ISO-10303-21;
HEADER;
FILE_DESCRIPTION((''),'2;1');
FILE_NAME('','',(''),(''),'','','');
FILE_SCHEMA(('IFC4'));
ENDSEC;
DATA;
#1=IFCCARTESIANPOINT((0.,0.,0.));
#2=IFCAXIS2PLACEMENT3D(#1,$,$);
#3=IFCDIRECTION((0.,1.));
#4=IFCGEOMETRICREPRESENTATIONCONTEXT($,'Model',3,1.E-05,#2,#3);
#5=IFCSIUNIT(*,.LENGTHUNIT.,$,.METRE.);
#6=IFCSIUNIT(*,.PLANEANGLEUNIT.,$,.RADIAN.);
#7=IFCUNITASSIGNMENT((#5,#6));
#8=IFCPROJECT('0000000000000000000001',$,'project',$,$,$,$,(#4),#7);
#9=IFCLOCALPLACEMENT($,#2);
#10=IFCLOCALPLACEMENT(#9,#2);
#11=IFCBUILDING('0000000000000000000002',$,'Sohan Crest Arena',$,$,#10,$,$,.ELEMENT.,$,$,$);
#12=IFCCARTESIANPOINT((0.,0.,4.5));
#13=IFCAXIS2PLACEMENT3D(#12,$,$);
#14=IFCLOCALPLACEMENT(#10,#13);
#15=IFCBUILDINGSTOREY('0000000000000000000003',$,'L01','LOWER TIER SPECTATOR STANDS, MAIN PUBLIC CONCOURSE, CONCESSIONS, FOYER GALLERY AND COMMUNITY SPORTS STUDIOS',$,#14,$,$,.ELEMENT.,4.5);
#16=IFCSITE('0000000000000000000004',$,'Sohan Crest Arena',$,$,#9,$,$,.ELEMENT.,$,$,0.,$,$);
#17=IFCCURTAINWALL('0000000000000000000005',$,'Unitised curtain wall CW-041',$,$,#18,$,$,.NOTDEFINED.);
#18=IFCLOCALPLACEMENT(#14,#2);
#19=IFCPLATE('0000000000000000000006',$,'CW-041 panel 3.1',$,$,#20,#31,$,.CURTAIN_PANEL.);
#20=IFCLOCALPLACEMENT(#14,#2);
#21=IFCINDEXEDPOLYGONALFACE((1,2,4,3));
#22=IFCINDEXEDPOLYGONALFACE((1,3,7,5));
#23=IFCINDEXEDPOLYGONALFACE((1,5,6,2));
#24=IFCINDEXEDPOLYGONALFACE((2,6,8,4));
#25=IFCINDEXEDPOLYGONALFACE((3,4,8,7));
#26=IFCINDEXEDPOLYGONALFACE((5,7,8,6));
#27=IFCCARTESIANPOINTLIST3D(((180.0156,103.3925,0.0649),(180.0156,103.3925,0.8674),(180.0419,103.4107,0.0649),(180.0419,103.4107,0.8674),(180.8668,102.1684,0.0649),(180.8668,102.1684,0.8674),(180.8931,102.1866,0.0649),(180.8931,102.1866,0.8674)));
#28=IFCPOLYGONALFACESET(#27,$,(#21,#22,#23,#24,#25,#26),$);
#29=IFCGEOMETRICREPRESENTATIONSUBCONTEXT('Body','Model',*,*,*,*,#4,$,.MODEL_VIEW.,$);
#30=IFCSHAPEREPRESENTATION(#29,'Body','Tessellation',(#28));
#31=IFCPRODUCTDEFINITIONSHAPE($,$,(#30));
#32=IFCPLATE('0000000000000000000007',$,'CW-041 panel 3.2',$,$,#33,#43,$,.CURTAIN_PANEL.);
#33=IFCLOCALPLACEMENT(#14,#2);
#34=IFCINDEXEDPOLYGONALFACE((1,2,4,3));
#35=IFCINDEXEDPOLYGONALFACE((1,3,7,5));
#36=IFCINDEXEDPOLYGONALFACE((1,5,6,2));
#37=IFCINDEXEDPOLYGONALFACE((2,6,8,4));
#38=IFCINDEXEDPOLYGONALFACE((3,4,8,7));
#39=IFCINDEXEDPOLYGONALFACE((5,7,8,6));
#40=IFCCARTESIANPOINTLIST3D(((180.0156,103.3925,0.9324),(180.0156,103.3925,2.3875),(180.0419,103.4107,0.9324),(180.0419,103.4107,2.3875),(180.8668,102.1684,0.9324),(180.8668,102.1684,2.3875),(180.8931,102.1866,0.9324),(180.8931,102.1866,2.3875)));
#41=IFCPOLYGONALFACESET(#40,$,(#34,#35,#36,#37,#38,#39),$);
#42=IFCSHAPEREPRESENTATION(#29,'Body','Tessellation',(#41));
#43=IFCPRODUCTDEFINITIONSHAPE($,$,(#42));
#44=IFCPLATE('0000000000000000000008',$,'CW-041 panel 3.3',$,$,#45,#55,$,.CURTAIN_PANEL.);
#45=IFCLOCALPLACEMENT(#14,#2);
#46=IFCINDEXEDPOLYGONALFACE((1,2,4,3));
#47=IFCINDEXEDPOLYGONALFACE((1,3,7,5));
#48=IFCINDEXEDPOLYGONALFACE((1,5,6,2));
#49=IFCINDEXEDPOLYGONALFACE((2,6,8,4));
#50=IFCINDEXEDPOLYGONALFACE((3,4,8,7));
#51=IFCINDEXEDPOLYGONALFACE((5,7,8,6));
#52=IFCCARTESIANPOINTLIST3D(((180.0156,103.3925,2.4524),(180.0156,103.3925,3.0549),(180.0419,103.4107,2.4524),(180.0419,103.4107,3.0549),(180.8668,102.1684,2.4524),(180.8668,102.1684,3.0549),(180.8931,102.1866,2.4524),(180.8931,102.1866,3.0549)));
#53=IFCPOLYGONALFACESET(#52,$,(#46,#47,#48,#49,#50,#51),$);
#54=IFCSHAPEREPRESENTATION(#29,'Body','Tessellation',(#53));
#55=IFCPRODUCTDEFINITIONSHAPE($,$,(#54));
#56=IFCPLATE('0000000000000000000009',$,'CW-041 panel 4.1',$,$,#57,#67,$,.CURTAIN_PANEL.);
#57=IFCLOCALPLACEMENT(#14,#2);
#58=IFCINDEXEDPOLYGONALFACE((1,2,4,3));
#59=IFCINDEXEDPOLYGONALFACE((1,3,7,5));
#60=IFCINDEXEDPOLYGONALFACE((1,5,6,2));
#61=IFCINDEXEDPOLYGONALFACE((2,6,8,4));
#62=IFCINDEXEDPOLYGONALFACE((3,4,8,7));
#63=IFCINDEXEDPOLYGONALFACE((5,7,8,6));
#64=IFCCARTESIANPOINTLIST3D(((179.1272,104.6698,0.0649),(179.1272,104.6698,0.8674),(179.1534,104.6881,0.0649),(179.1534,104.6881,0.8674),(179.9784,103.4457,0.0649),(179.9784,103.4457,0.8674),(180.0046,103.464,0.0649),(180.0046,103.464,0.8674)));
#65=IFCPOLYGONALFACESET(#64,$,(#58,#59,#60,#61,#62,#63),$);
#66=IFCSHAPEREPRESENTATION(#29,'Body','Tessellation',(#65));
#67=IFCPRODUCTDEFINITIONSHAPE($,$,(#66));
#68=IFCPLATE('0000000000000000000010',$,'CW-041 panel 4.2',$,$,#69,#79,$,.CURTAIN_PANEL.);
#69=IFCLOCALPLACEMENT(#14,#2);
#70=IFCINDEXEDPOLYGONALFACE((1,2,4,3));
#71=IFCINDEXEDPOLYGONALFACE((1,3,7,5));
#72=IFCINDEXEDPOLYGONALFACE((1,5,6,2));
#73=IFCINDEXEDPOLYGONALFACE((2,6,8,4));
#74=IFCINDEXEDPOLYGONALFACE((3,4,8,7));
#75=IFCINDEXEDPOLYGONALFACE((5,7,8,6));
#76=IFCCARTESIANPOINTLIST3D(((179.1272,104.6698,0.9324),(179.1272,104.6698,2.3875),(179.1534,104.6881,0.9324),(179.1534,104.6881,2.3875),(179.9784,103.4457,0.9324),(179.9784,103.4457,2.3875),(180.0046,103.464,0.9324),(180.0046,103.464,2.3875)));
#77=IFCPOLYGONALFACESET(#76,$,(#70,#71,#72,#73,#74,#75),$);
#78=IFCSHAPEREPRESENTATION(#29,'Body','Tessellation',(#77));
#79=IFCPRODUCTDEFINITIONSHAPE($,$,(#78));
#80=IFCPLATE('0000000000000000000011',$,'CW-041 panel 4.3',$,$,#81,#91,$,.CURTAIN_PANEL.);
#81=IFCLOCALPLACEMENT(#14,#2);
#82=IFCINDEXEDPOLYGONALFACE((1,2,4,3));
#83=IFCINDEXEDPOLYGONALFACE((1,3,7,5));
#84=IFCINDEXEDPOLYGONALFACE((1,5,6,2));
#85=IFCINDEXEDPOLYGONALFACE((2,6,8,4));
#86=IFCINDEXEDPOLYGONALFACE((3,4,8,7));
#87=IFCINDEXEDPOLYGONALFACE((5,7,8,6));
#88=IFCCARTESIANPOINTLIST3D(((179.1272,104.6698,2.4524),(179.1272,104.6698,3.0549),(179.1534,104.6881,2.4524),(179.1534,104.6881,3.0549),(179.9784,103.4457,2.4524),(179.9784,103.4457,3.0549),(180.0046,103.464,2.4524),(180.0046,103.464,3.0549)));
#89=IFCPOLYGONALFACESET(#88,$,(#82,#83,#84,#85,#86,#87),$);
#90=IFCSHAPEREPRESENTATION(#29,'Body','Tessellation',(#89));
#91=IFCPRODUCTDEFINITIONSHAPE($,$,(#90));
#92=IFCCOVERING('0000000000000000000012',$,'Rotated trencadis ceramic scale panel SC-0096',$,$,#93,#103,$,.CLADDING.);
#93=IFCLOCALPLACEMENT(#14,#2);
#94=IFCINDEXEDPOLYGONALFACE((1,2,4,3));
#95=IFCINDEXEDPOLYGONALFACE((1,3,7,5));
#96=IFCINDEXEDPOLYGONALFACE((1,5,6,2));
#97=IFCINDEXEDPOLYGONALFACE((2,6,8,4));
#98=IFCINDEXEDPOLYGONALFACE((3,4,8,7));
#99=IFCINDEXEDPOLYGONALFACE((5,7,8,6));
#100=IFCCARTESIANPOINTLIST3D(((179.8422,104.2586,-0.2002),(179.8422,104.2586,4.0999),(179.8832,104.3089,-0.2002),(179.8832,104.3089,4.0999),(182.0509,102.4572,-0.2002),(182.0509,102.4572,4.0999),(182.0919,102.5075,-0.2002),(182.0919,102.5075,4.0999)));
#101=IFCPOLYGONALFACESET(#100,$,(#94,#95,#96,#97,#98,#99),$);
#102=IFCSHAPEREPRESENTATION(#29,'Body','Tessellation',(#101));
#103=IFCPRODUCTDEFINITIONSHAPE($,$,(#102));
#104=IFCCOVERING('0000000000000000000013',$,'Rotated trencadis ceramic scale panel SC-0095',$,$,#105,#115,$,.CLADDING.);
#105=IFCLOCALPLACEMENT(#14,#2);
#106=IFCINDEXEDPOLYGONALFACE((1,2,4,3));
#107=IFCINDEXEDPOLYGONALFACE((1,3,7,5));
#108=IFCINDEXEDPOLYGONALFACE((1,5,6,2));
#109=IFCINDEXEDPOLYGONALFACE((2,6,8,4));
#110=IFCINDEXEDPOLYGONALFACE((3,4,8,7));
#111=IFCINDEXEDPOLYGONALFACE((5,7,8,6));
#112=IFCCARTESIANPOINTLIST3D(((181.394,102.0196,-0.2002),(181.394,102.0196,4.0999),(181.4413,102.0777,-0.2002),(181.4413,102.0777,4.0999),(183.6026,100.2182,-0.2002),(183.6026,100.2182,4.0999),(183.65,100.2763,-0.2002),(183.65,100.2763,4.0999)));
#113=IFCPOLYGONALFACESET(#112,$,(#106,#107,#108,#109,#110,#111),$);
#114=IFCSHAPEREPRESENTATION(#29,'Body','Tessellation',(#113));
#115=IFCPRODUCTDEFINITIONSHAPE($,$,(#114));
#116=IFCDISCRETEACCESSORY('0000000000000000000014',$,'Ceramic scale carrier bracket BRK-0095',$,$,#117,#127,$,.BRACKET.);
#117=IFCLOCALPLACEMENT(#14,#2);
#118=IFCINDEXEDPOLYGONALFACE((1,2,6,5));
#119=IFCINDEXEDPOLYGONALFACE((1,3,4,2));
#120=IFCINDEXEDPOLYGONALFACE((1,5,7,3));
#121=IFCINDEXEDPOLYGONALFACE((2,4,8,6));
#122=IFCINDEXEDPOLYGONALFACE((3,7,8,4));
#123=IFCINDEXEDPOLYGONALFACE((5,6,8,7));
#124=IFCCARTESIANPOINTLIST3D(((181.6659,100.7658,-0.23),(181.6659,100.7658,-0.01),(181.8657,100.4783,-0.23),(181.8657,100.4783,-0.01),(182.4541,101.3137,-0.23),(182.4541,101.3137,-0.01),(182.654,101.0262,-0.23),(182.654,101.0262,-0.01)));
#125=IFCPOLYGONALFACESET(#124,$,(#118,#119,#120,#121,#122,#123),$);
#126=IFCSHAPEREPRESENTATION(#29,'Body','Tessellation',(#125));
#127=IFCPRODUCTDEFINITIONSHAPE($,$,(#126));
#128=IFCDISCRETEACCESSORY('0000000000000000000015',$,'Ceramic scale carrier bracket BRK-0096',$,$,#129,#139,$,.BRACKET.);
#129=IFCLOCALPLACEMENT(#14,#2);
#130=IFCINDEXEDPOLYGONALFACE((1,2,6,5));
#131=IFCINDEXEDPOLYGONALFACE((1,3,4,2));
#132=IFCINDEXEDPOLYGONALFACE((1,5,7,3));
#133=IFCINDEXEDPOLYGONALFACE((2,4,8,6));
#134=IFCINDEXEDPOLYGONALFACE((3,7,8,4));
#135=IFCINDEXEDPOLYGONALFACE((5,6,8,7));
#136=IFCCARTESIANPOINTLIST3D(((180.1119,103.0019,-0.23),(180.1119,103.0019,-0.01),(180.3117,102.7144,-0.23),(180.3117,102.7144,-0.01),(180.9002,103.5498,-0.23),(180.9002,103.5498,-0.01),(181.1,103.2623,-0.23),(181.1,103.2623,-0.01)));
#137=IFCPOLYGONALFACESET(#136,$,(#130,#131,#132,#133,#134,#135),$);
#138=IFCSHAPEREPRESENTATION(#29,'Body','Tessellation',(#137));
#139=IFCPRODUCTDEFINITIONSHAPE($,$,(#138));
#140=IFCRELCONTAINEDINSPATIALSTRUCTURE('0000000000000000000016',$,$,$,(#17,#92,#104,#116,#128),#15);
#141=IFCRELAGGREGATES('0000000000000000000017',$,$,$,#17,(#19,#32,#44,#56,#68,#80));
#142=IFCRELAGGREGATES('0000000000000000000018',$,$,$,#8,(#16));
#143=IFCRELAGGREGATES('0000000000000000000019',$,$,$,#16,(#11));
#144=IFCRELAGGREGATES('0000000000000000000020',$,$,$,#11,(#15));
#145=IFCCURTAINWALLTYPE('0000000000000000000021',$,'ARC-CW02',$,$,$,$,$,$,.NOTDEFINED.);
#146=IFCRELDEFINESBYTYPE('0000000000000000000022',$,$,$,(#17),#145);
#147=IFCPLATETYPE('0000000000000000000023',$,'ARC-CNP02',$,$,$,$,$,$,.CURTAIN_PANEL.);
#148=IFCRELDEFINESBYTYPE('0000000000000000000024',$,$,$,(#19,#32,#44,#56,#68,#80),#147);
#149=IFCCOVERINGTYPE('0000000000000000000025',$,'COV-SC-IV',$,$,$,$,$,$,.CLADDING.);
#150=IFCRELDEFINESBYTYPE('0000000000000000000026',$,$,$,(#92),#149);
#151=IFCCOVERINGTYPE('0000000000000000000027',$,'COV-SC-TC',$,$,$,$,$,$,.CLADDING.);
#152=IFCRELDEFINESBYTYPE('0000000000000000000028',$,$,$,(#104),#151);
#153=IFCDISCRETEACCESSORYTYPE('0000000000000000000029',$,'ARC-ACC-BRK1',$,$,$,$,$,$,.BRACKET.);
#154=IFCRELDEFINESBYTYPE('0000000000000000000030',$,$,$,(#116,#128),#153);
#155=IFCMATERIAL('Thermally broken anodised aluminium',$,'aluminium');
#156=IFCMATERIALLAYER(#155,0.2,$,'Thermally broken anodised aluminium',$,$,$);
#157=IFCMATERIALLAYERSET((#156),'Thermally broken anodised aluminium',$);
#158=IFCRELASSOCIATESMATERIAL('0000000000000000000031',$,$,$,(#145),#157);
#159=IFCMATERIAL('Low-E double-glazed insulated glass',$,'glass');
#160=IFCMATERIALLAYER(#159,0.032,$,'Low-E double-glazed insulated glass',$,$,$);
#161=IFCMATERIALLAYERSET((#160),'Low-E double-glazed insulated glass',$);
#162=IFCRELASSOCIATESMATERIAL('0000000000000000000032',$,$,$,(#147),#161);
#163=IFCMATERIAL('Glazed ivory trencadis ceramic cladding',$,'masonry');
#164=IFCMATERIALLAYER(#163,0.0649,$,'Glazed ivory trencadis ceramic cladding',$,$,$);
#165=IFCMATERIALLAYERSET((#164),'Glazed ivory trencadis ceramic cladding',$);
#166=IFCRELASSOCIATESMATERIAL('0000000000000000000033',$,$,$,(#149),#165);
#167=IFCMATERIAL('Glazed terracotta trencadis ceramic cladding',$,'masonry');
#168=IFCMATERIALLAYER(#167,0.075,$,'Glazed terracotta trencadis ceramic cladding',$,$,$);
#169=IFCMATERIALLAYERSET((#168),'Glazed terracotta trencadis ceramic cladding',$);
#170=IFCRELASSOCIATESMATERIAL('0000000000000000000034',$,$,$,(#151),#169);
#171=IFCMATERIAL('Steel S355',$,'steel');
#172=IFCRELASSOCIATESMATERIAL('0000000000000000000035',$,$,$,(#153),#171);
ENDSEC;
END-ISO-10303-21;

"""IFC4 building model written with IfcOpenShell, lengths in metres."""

from ifc_helpers import new_model, si_unit, direction, frame, origin, origin_2d, place, context, subcontext, project, spatial, rectangle, extrude, material, layer, layer_set, type_object, element, aggregate, save


model = new_model("IFC4")

# Units and contexts
model_context = context("Model", 3, precision=1e-05, world=origin(), true_north=direction((0.0, 1.0)))
body_context = subcontext(model_context, "Body", "Model", "MODEL_VIEW")
ifc_project = project(units=[si_unit("LENGTHUNIT", "METRE"), si_unit("PLANEANGLEUNIT", "RADIAN")], contexts=[model_context])

# Site, building, storey
site_placement = place(None, origin())
site = spatial("IfcSite", under=ifc_project, at=site_placement, Name="Sohan Crest Arena", CompositionType="ELEMENT", RefElevation=0.0)
building_placement = place(site_placement, origin())
building = spatial("IfcBuilding", under=site, at=building_placement, Name="Sohan Crest Arena", CompositionType="ELEMENT")
storey_placement = place(building_placement, frame((0.0, 0.0, 4.5)))
storey = spatial("IfcBuildingStorey", under=building, at=storey_placement, Name="L01", Description="LOWER TIER SPECTATOR STANDS, MAIN PUBLIC CONCOURSE, CONCESSIONS, FOYER GALLERY AND COMMUNITY SPORTS STUDIOS", CompositionType="ELEMENT", Elevation=4.5)

# Curtain wall, plates
ifc_material_1 = material(Name="Thermally broken anodised aluminium", Category="aluminium")
ifc_layer_1 = layer(ifc_material_1, 0.2, Name="Thermally broken anodised aluminium")
ifc_layer_set_1 = layer_set([ifc_layer_1], Name="Thermally broken anodised aluminium")
curtain_wall_type = type_object("IfcCurtainWallType", Name="ARC-CW02", PredefinedType="NOTDEFINED", material=ifc_layer_set_1)
curtain_wall_placement = place(storey_placement, origin())
curtain_wall = element("IfcCurtainWall", 1, at=curtain_wall_placement, inside=storey, type_object=curtain_wall_type, Name="Unitised curtain wall CW-041", PredefinedType="NOTDEFINED")
ifc_material_2 = material(Name="Low-E double-glazed insulated glass", Category="glass")
ifc_layer_2 = layer(ifc_material_2, 0.032, Name="Low-E double-glazed insulated glass")
ifc_layer_set_2 = layer_set([ifc_layer_2], Name="Low-E double-glazed insulated glass")
plate_type = type_object("IfcPlateType", Name="ARC-CNP02", PredefinedType="CURTAIN_PANEL", material=ifc_layer_set_2)
plate_1_placement = place(storey_placement, frame((180.4543, 102.7896, 0.0649), z_axis=(0.0, 0.0, 1.0), x_axis=(-0.570908, 0.821014, 0.0)))
plate_1 = element("IfcPlate", 2, at=plate_1_placement, type_object=plate_type, Name="CW-041 panel 3.1", PredefinedType="CURTAIN_PANEL", context=body_context, shape_type="SweptSolid", body=[
    extrude(rectangle(XDim=1.491, YDim=0.032, at=origin_2d()), origin(), (0.0, 0.0, 1.0), 0.8025),
])
plate_2_placement = place(storey_placement, frame((180.4543, 102.7896, 0.9324), z_axis=(0.0, 0.0, 1.0), x_axis=(-0.570908, 0.821014, 0.0)))
plate_2 = element("IfcPlate", 3, at=plate_2_placement, type_object=plate_type, Name="CW-041 panel 3.2", PredefinedType="CURTAIN_PANEL", context=body_context, shape_type="SweptSolid", body=[
    extrude(rectangle(XDim=1.491, YDim=0.032, at=origin_2d()), origin(), (0.0, 0.0, 1.0), 1.4551),
])
plate_3_placement = place(storey_placement, frame((180.4543, 102.7896, 2.4524), z_axis=(0.0, 0.0, 1.0), x_axis=(-0.570908, 0.821014, 0.0)))
plate_3 = element("IfcPlate", 4, at=plate_3_placement, type_object=plate_type, Name="CW-041 panel 3.3", PredefinedType="CURTAIN_PANEL", context=body_context, shape_type="SweptSolid", body=[
    extrude(rectangle(XDim=1.491, YDim=0.032, at=origin_2d()), origin(), (0.0, 0.0, 1.0), 0.6025),
])
plate_4_placement = place(storey_placement, frame((179.5659, 104.0669, 0.0649), z_axis=(0.0, 0.0, 1.0), x_axis=(-0.570908, 0.821014, 0.0)))
plate_4 = element("IfcPlate", 5, at=plate_4_placement, type_object=plate_type, Name="CW-041 panel 4.1", PredefinedType="CURTAIN_PANEL", context=body_context, shape_type="SweptSolid", body=[
    extrude(rectangle(XDim=1.491, YDim=0.032, at=origin_2d()), origin(), (0.0, 0.0, 1.0), 0.8025),
])
plate_5_placement = place(storey_placement, frame((179.5659, 104.0669, 0.9324), z_axis=(0.0, 0.0, 1.0), x_axis=(-0.570908, 0.821014, 0.0)))
plate_5 = element("IfcPlate", 6, at=plate_5_placement, type_object=plate_type, Name="CW-041 panel 4.2", PredefinedType="CURTAIN_PANEL", context=body_context, shape_type="SweptSolid", body=[
    extrude(rectangle(XDim=1.491, YDim=0.032, at=origin_2d()), origin(), (0.0, 0.0, 1.0), 1.4551),
])
plate_6_placement = place(storey_placement, frame((179.5659, 104.0669, 2.4524), z_axis=(0.0, 0.0, 1.0), x_axis=(-0.570908, 0.821014, 0.0)))
plate_6 = element("IfcPlate", 7, at=plate_6_placement, type_object=plate_type, Name="CW-041 panel 4.3", PredefinedType="CURTAIN_PANEL", context=body_context, shape_type="SweptSolid", body=[
    extrude(rectangle(XDim=1.491, YDim=0.032, at=origin_2d()), origin(), (0.0, 0.0, 1.0), 0.6025),
])
aggregate(curtain_wall, [plate_1, plate_2, plate_3, plate_4, plate_5, plate_6])

# Coverings
ifc_material_3 = material(Name="Glazed ivory trencadis ceramic cladding", Category="masonry")
ifc_layer_3 = layer(ifc_material_3, 0.0649, Name="Glazed ivory trencadis ceramic cladding")
ifc_layer_set_3 = layer_set([ifc_layer_3], Name="Glazed ivory trencadis ceramic cladding")
covering_type_1 = type_object("IfcCoveringType", Name="COV-SC-IV", PredefinedType="CLADDING", material=ifc_layer_set_3)
covering_1_placement = place(storey_placement, frame((180.967, 103.3831, -0.2002), z_axis=(0.0, 0.0, 1.0), x_axis=(-0.774944, 0.632029, 0.0)))
element("IfcCovering", 8, at=covering_1_placement, inside=storey, type_object=covering_type_1, Name="Rotated trencadis ceramic scale panel SC-0096", PredefinedType="CLADDING", context=body_context, shape_type="SweptSolid", body=[
    extrude(rectangle(XDim=2.8501, YDim=0.0649, at=origin_2d()), origin(), (0.0, 0.0, 1.0), 4.3),
])
ifc_material_4 = material(Name="Glazed terracotta trencadis ceramic cladding", Category="masonry")
ifc_layer_4 = layer(ifc_material_4, 0.075, Name="Glazed terracotta trencadis ceramic cladding")
ifc_layer_set_4 = layer_set([ifc_layer_4], Name="Glazed terracotta trencadis ceramic cladding")
covering_type_2 = type_object("IfcCoveringType", Name="COV-SC-TC", PredefinedType="CLADDING", material=ifc_layer_set_4)
covering_2_placement = place(storey_placement, frame((182.522, 101.1479, -0.2002), z_axis=(0.0, 0.0, 1.0), x_axis=(-0.774944, 0.632029, 0.0)))
element("IfcCovering", 9, at=covering_2_placement, inside=storey, type_object=covering_type_2, Name="Rotated trencadis ceramic scale panel SC-0095", PredefinedType="CLADDING", context=body_context, shape_type="SweptSolid", body=[
    extrude(rectangle(XDim=2.8501, YDim=0.075, at=origin_2d()), origin(), (0.0, 0.0, 1.0), 4.3),
])

# Discrete accessories
ifc_material_5 = material(Name="Steel S355", Category="steel")
discrete_accessory_type = type_object("IfcDiscreteAccessoryType", Name="ARC-ACC-BRK1", PredefinedType="BRACKET", material=ifc_material_5)
for number, where, z_axis, x_axis, name in (
    (10, (182.1599, 100.896, -0.23), (0.0, 0.0, 1.0), (-0.570714, 0.821149, 0.0), "Ceramic scale carrier bracket BRK-0095"),
    (11, (180.606, 103.1321, -0.23), (0.0, 0.0, 1.0), (-0.570714, 0.821149, 0.0), "Ceramic scale carrier bracket BRK-0096"),
):
    element("IfcDiscreteAccessory", number, at=place(storey_placement, frame(where, z_axis=z_axis, x_axis=x_axis)), inside=storey, type_object=discrete_accessory_type, Name=name, PredefinedType="BRACKET", context=body_context, shape_type="SweptSolid", body=[
        extrude(rectangle(XDim=0.3501, YDim=0.96, at=origin_2d()), origin(), (0.0, 0.0, 1.0), 0.22),
    ])

save(model, "model.ifc")
